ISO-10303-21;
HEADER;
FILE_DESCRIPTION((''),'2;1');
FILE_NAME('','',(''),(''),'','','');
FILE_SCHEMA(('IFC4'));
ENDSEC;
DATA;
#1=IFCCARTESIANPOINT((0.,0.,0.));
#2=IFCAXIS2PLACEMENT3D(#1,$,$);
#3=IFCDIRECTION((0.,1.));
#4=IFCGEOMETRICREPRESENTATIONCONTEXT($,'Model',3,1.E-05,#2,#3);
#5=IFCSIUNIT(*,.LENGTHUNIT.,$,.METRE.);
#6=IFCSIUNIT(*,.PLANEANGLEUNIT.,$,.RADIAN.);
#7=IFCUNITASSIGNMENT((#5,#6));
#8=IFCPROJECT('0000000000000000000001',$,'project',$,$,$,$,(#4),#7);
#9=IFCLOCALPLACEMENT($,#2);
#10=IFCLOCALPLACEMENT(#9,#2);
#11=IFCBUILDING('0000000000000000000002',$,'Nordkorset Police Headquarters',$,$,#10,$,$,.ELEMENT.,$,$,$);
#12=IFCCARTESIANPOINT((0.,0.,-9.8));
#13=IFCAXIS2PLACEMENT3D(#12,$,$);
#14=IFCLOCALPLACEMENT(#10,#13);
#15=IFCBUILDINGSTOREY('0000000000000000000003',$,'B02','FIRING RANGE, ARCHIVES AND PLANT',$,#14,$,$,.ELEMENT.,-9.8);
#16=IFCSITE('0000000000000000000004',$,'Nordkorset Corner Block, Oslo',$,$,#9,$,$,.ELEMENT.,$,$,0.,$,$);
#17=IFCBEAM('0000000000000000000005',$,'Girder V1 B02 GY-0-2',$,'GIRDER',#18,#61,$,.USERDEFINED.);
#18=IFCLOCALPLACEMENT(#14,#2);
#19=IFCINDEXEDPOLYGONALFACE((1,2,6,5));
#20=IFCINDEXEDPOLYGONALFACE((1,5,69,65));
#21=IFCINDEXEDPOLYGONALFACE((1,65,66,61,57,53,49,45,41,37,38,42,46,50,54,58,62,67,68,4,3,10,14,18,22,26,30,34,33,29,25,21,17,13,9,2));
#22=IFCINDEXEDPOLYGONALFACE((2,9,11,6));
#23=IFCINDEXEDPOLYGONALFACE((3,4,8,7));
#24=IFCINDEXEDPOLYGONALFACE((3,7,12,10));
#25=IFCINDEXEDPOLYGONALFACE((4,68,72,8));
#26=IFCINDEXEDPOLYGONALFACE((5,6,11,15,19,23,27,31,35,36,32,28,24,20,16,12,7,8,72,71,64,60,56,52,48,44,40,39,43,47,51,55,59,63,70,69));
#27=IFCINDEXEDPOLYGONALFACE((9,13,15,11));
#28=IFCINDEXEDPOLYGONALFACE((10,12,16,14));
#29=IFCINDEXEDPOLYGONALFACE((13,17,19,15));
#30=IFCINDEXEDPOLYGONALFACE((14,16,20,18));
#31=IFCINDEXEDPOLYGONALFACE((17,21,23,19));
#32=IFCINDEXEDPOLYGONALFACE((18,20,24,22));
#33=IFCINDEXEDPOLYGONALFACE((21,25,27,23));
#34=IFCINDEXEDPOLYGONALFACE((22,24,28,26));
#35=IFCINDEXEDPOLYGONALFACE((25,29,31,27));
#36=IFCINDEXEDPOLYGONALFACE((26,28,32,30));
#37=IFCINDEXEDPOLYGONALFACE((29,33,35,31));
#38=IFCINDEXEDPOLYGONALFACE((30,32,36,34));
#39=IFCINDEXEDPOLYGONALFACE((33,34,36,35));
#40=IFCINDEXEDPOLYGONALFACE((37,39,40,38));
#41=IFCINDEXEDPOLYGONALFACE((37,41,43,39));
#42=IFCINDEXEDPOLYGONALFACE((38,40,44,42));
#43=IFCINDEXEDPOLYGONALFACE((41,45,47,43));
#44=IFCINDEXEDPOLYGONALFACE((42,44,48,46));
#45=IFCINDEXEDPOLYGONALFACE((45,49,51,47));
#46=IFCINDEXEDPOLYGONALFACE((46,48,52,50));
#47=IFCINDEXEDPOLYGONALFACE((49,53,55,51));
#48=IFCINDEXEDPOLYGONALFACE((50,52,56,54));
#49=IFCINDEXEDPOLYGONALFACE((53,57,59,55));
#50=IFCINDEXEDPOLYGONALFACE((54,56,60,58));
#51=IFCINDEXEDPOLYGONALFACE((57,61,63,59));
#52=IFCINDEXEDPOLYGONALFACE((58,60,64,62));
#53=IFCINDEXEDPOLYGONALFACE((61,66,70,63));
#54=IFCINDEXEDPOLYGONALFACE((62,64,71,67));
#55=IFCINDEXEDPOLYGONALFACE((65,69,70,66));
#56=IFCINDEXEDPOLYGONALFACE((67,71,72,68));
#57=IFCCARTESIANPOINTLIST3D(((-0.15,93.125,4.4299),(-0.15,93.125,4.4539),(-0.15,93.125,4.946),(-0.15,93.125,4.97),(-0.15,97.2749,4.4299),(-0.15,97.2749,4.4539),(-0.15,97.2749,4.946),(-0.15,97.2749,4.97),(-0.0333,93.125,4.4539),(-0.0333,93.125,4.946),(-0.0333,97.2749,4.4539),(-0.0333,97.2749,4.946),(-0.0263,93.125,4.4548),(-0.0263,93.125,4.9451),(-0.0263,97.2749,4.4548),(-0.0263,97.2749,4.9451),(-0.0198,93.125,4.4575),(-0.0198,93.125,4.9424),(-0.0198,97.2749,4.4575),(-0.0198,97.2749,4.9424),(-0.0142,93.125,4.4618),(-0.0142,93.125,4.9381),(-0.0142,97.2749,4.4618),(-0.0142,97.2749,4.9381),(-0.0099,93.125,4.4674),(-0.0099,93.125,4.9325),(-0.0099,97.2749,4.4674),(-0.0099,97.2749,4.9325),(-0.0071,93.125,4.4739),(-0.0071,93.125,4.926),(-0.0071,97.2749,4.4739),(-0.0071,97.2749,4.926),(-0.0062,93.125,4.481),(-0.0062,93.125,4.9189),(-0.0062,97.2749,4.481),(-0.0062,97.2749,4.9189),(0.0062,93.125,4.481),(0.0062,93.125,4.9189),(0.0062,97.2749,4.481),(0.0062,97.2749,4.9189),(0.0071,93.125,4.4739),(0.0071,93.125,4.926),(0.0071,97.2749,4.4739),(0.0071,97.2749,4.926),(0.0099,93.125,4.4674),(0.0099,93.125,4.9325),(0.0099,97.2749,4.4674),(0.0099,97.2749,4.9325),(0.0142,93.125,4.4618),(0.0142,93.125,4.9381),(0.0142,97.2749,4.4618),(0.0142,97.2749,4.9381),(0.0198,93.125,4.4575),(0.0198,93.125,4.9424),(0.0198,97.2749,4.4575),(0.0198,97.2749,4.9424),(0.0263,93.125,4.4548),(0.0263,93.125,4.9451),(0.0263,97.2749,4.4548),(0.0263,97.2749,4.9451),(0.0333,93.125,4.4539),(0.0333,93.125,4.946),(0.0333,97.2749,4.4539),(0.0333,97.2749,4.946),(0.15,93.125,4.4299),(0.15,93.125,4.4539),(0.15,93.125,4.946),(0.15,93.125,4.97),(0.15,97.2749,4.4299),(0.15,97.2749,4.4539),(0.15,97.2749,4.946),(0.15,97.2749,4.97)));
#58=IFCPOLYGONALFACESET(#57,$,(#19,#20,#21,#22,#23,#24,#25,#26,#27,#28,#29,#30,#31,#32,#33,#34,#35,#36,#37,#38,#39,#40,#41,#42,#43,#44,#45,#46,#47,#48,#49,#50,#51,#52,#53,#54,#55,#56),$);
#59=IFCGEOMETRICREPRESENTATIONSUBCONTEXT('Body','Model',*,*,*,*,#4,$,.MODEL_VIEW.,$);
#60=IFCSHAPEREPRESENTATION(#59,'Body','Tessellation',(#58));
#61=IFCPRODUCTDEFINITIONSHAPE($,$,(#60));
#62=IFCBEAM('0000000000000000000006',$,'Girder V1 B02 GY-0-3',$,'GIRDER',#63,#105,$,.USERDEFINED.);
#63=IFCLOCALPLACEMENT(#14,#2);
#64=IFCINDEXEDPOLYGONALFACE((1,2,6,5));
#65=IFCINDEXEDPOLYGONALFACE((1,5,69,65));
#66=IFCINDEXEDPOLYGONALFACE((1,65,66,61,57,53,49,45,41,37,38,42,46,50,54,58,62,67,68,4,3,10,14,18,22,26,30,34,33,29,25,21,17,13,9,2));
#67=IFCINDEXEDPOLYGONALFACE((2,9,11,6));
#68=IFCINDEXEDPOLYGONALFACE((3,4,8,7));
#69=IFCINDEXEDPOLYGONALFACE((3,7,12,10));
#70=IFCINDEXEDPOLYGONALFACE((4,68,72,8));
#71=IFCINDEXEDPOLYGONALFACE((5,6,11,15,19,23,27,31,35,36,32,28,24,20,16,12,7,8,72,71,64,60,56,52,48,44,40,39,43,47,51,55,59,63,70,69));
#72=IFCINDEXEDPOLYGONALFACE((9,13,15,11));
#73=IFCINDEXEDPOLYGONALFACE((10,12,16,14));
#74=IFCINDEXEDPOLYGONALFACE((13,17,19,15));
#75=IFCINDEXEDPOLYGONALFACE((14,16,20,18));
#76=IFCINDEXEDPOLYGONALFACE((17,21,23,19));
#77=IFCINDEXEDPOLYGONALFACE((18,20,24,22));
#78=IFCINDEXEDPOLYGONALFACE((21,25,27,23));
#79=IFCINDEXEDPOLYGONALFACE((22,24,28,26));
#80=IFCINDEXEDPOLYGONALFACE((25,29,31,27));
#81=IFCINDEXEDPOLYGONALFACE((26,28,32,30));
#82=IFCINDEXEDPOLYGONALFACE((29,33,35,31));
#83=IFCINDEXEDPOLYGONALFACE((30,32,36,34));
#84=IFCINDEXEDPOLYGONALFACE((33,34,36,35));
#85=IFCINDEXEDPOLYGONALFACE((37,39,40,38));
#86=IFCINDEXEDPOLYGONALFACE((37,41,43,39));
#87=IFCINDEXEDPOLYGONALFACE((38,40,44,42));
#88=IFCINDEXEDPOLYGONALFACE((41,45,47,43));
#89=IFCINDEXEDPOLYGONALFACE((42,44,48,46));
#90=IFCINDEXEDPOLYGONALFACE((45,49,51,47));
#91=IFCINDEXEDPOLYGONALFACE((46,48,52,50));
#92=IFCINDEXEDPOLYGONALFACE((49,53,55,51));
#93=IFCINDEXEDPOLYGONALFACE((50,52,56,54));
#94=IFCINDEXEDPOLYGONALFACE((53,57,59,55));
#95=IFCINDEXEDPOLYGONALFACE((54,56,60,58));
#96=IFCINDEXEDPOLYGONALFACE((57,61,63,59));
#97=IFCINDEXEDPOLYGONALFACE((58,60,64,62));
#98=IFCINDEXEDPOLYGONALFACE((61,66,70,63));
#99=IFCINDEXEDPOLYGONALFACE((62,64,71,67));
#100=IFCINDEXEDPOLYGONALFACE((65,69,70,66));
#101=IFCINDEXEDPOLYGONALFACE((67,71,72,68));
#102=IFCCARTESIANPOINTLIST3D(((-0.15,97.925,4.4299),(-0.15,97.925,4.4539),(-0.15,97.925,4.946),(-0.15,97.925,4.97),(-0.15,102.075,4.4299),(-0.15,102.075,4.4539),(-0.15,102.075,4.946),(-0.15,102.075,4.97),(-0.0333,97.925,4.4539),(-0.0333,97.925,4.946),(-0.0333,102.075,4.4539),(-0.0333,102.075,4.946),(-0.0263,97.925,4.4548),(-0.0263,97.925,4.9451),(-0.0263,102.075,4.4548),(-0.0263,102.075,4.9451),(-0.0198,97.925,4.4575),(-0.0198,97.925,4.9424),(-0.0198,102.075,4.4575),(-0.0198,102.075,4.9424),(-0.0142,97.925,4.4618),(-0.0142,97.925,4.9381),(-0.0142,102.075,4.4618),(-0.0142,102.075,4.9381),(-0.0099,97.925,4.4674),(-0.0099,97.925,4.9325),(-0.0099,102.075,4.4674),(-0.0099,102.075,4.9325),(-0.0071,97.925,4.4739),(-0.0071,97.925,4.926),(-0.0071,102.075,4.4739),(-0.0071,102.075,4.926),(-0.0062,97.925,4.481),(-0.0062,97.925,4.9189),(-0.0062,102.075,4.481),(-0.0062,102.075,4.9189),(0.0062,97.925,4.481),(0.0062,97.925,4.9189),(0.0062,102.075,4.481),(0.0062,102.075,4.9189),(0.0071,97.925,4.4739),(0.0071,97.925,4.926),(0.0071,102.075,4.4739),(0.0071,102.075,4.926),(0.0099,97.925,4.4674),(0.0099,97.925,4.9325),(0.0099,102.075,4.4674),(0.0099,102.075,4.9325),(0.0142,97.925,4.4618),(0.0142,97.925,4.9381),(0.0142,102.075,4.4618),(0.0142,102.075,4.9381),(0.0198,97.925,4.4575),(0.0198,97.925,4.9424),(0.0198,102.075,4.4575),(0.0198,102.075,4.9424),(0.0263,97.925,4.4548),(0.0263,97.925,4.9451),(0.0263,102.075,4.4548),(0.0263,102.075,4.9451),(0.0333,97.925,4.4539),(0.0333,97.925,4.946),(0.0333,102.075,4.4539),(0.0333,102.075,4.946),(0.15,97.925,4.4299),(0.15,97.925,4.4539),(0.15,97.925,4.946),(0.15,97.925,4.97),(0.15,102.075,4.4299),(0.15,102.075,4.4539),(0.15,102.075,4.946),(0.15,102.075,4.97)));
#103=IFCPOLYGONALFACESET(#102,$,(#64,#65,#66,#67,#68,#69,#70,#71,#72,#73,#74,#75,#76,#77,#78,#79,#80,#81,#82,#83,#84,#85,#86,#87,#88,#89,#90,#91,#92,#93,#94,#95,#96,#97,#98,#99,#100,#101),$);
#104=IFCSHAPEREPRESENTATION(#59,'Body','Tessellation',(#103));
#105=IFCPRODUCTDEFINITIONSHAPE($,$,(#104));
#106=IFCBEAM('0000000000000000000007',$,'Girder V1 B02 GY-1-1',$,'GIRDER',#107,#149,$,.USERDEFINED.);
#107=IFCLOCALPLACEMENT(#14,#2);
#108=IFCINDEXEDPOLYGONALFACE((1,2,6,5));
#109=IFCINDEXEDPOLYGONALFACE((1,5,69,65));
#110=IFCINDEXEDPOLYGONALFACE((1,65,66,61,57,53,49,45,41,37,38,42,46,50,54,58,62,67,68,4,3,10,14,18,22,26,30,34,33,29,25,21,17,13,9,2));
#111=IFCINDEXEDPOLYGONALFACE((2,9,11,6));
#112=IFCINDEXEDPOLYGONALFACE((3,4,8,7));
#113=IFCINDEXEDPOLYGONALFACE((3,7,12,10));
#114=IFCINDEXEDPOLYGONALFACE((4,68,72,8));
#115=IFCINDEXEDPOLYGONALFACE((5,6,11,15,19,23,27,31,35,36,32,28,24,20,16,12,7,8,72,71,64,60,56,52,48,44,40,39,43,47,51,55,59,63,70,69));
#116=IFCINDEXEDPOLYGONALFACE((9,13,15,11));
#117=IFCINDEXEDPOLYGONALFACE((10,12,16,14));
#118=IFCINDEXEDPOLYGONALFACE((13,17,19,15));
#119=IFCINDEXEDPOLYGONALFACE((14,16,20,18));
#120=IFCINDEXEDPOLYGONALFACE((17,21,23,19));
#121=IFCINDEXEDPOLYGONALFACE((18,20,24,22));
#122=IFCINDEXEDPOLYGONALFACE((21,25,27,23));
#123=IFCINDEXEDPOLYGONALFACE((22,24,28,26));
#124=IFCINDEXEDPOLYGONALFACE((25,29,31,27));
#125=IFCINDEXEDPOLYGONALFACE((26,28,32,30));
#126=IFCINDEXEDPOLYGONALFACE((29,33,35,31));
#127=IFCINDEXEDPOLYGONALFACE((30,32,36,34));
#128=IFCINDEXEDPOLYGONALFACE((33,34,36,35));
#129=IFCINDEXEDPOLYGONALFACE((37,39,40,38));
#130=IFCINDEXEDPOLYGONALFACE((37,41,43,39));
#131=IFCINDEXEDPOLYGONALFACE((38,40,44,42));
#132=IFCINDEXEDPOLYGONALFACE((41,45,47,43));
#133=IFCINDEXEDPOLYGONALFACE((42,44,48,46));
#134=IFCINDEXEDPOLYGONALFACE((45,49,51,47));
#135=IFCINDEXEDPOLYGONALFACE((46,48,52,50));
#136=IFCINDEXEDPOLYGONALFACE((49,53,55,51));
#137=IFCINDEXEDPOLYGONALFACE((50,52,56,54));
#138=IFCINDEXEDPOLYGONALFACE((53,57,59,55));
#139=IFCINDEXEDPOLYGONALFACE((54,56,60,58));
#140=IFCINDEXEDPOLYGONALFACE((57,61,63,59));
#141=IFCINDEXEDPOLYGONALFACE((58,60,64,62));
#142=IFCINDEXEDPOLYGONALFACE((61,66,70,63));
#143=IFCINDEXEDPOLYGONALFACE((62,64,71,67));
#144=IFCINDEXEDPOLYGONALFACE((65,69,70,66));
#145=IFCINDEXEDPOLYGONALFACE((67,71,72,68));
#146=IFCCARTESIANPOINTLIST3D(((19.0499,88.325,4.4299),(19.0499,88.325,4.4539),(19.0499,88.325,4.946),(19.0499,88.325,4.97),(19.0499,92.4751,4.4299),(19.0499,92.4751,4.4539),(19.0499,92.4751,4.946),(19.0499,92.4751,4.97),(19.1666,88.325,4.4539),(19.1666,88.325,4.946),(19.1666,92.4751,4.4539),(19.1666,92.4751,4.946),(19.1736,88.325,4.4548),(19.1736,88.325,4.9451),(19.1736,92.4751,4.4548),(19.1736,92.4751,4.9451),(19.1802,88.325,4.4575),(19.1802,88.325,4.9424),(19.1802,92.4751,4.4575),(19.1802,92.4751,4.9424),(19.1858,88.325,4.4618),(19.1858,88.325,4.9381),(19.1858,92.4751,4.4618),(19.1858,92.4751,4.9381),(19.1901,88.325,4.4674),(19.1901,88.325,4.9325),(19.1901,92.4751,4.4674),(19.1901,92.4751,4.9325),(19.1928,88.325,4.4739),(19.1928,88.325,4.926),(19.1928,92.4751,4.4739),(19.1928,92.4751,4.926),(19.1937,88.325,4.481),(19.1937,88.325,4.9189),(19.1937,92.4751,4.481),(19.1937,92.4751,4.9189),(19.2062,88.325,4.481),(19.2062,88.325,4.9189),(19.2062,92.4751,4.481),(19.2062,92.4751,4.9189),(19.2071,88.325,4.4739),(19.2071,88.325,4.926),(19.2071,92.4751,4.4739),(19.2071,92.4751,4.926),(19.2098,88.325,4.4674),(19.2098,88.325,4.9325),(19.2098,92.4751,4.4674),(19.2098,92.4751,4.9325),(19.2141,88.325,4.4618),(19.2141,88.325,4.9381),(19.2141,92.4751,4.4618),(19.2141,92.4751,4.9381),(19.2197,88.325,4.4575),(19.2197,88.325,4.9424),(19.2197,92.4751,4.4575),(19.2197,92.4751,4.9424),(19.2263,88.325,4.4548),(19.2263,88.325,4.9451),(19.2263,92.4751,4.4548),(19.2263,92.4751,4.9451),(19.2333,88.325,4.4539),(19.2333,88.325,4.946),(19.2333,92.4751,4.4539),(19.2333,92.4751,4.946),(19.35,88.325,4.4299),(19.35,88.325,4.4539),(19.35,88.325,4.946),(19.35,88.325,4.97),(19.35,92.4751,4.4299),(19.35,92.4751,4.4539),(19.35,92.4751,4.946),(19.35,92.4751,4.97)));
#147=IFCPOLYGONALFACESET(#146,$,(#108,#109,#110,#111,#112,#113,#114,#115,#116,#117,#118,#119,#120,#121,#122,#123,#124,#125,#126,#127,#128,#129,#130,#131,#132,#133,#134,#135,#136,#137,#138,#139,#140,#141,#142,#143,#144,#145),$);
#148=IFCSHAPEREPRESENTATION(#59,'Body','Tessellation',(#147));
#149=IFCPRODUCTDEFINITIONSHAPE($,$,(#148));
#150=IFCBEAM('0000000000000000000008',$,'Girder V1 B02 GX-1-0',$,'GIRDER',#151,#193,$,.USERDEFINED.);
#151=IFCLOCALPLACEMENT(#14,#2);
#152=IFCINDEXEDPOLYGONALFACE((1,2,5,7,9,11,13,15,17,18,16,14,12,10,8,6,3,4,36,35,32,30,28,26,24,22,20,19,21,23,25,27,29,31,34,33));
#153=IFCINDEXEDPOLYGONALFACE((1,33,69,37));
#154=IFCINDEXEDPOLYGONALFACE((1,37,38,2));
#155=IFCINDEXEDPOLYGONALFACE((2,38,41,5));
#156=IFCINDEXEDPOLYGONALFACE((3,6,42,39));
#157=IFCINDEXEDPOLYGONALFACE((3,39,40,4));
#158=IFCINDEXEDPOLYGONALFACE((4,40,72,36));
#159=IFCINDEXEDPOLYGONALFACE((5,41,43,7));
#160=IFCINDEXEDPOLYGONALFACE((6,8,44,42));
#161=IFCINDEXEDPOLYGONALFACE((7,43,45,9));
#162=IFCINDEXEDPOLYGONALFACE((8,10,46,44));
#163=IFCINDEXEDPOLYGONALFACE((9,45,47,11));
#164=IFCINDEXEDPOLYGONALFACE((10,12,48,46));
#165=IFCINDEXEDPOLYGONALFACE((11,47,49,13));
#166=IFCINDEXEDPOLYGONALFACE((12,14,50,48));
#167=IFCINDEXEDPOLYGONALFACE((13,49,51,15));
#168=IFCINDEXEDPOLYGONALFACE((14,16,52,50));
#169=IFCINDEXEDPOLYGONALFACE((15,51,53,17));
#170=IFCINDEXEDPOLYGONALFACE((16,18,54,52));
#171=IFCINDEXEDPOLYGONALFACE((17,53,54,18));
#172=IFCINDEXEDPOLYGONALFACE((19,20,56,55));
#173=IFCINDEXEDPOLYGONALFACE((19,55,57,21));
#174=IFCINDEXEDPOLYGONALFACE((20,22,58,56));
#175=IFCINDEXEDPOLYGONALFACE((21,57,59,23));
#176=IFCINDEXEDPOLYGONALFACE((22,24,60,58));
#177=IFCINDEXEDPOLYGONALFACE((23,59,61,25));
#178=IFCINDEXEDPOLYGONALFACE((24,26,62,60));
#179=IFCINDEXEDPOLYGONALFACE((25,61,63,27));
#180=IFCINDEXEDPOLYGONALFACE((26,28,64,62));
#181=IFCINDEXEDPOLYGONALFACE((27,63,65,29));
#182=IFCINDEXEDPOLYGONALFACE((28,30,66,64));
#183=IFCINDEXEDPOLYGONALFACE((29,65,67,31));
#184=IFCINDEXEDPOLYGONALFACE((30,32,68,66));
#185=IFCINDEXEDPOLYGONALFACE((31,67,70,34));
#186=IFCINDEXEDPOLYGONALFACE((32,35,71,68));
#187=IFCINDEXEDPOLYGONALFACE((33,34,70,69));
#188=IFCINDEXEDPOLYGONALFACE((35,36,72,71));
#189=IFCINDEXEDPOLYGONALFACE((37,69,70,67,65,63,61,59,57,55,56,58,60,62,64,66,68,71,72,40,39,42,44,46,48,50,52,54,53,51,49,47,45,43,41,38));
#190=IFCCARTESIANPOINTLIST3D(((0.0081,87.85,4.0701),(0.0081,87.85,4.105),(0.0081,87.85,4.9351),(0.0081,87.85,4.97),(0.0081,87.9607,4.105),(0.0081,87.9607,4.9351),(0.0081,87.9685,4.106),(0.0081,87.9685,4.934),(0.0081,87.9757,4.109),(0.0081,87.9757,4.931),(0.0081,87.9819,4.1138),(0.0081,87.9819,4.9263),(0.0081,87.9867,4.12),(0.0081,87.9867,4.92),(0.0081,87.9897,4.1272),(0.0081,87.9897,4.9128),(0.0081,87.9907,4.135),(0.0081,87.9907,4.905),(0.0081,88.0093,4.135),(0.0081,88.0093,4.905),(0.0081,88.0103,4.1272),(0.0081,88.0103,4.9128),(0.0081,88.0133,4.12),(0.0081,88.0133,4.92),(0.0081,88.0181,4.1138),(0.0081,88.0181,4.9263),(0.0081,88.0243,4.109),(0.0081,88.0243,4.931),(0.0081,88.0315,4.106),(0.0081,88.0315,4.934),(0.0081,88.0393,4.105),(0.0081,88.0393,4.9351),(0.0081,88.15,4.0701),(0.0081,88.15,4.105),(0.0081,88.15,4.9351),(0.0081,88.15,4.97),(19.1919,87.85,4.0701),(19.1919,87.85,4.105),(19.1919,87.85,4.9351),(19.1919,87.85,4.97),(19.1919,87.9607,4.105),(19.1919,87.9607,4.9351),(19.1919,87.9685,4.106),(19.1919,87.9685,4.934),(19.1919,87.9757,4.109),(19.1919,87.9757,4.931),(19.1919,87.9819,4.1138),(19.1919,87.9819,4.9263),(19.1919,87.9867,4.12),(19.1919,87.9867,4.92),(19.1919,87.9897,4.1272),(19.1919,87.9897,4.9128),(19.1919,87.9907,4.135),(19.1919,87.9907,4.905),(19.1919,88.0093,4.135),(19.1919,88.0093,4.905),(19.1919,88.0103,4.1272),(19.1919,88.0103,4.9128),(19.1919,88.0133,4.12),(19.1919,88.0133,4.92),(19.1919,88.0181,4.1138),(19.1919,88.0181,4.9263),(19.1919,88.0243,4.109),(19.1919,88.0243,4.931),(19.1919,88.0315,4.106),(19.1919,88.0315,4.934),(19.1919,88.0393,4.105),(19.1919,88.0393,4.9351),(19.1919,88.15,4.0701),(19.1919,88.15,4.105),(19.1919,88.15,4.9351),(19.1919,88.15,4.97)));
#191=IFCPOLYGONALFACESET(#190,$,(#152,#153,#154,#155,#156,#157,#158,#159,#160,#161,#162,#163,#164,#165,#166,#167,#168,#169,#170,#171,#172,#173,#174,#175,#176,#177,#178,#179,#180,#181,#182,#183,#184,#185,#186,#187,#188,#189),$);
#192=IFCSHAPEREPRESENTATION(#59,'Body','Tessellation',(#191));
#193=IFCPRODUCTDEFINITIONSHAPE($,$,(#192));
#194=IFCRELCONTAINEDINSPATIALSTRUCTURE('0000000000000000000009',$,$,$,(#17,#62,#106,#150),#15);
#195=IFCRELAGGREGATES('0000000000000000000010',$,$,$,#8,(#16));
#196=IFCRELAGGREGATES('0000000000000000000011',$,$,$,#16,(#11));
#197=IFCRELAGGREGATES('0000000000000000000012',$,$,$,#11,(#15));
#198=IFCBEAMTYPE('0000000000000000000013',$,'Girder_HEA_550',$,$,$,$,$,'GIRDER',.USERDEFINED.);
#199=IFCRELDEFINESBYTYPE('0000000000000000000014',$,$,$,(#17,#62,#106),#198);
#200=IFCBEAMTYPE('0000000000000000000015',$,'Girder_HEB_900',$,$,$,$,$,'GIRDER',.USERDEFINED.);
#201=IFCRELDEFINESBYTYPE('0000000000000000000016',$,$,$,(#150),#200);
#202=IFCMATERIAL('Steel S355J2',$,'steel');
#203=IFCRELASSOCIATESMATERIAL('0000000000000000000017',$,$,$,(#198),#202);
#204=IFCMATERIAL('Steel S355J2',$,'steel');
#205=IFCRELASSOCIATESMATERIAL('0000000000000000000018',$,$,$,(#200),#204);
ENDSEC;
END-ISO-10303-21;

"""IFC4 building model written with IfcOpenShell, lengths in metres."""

from ifc_helpers import new_model, si_unit, direction, frame, origin, origin_2d, place, context, subcontext, project, spatial, i_section, extrude, material, material_profile, profile_set, type_object, element, save


model = new_model("IFC4")

# Units and contexts
model_context = context("Model", 3, precision=1e-05, world=origin(), true_north=direction((0.0, 1.0)))
body_context = subcontext(model_context, "Body", "Model", "MODEL_VIEW")
ifc_project = project(units=[si_unit("LENGTHUNIT", "METRE"), si_unit("PLANEANGLEUNIT", "RADIAN")], contexts=[model_context])

# Site, building, storey
site_placement = place(None, origin())
site = spatial("IfcSite", under=ifc_project, at=site_placement, Name="Nordkorset Corner Block, Oslo", CompositionType="ELEMENT", RefElevation=0.0)
building_placement = place(site_placement, origin())
building = spatial("IfcBuilding", under=site, at=building_placement, Name="Nordkorset Police Headquarters", CompositionType="ELEMENT")
storey_placement = place(building_placement, frame((0.0, 0.0, -9.8)))
storey = spatial("IfcBuildingStorey", under=building, at=storey_placement, Name="B02", Description="FIRING RANGE, ARCHIVES AND PLANT", CompositionType="ELEMENT", Elevation=-9.8)

# Beams
ifc_material_1 = material(Name="Steel S355J2", Category="steel")
ifc_material_profile_1 = material_profile(ifc_material_1, i_section(OverallWidth=0.3, OverallDepth=0.54, WebThickness=0.0125, FlangeThickness=0.0239, FilletRadius=0.0271, at=origin_2d()), Name="HEA 550")
ifc_profile_set_1 = profile_set([ifc_material_profile_1], Name="Steel S355J2")
beam_type_1 = type_object("IfcBeamType", Name="Girder_HEA_550", ElementType="GIRDER", PredefinedType="USERDEFINED", material=ifc_profile_set_1)
for number, where, z_axis, x_axis, name in (
    (1, (0.0, 93.125, 4.7), (0.0, 1.0, 0.0), (-1.0, 0.0, 0.0), "Girder V1 B02 GY-0-2"),
    (2, (0.0, 97.925, 4.7), (0.0, 1.0, 0.0), (-1.0, 0.0, 0.0), "Girder V1 B02 GY-0-3"),
):
    element("IfcBeam", number, at=place(storey_placement, frame(where, z_axis=z_axis, x_axis=x_axis)), inside=storey, type_object=beam_type_1, Name=name, ObjectType="GIRDER", PredefinedType="USERDEFINED", context=body_context, shape_type="SweptSolid", body=[
        extrude(i_section(OverallWidth=0.3, OverallDepth=0.54, WebThickness=0.0125, FlangeThickness=0.0239, FilletRadius=0.0271, at=origin_2d()), origin(), (0.0, 0.0, 1.0), 4.1499),
    ])
beam_1_placement = place(storey_placement, frame((19.2, 88.325, 4.7), z_axis=(0.0, 1.0, 0.0), x_axis=(-1.0, 0.0, 0.0)))
element("IfcBeam", 3, at=beam_1_placement, inside=storey, type_object=beam_type_1, Name="Girder V1 B02 GY-1-1", ObjectType="GIRDER", PredefinedType="USERDEFINED", context=body_context, shape_type="SweptSolid", body=[
    extrude(i_section(OverallWidth=0.3, OverallDepth=0.54, WebThickness=0.0125, FlangeThickness=0.0239, FilletRadius=0.0271, at=origin_2d()), origin(), (0.0, 0.0, 1.0), 4.1501),
])
ifc_material_2 = material(Name="Steel S355J2", Category="steel")
ifc_material_profile_2 = material_profile(ifc_material_2, i_section(OverallWidth=0.3, OverallDepth=0.8999, WebThickness=0.0186, FlangeThickness=0.0349, FilletRadius=0.03, at=origin_2d()), Name="HEB 900")
ifc_profile_set_2 = profile_set([ifc_material_profile_2], Name="Steel S355J2")
beam_type_2 = type_object("IfcBeamType", Name="Girder_HEB_900", ElementType="GIRDER", PredefinedType="USERDEFINED", material=ifc_profile_set_2)
for number, where, z_axis, x_axis, name in (
    (4, (0.0081, 88.0, 4.52), (1.0, 0.0, 0.0), (0.0, 1.0, 0.0), "Girder V1 B02 GX-1-0"),
):
    element("IfcBeam", number, at=place(storey_placement, frame(where, z_axis=z_axis, x_axis=x_axis)), inside=storey, type_object=beam_type_2, Name=name, ObjectType="GIRDER", PredefinedType="USERDEFINED", context=body_context, shape_type="SweptSolid", body=[
        extrude(i_section(OverallWidth=0.3, OverallDepth=0.8999, WebThickness=0.0186, FlangeThickness=0.0349, FilletRadius=0.03, at=origin_2d()), origin(), (0.0, 0.0, 1.0), 19.1838),
    ])

save(model, "model.ifc")
